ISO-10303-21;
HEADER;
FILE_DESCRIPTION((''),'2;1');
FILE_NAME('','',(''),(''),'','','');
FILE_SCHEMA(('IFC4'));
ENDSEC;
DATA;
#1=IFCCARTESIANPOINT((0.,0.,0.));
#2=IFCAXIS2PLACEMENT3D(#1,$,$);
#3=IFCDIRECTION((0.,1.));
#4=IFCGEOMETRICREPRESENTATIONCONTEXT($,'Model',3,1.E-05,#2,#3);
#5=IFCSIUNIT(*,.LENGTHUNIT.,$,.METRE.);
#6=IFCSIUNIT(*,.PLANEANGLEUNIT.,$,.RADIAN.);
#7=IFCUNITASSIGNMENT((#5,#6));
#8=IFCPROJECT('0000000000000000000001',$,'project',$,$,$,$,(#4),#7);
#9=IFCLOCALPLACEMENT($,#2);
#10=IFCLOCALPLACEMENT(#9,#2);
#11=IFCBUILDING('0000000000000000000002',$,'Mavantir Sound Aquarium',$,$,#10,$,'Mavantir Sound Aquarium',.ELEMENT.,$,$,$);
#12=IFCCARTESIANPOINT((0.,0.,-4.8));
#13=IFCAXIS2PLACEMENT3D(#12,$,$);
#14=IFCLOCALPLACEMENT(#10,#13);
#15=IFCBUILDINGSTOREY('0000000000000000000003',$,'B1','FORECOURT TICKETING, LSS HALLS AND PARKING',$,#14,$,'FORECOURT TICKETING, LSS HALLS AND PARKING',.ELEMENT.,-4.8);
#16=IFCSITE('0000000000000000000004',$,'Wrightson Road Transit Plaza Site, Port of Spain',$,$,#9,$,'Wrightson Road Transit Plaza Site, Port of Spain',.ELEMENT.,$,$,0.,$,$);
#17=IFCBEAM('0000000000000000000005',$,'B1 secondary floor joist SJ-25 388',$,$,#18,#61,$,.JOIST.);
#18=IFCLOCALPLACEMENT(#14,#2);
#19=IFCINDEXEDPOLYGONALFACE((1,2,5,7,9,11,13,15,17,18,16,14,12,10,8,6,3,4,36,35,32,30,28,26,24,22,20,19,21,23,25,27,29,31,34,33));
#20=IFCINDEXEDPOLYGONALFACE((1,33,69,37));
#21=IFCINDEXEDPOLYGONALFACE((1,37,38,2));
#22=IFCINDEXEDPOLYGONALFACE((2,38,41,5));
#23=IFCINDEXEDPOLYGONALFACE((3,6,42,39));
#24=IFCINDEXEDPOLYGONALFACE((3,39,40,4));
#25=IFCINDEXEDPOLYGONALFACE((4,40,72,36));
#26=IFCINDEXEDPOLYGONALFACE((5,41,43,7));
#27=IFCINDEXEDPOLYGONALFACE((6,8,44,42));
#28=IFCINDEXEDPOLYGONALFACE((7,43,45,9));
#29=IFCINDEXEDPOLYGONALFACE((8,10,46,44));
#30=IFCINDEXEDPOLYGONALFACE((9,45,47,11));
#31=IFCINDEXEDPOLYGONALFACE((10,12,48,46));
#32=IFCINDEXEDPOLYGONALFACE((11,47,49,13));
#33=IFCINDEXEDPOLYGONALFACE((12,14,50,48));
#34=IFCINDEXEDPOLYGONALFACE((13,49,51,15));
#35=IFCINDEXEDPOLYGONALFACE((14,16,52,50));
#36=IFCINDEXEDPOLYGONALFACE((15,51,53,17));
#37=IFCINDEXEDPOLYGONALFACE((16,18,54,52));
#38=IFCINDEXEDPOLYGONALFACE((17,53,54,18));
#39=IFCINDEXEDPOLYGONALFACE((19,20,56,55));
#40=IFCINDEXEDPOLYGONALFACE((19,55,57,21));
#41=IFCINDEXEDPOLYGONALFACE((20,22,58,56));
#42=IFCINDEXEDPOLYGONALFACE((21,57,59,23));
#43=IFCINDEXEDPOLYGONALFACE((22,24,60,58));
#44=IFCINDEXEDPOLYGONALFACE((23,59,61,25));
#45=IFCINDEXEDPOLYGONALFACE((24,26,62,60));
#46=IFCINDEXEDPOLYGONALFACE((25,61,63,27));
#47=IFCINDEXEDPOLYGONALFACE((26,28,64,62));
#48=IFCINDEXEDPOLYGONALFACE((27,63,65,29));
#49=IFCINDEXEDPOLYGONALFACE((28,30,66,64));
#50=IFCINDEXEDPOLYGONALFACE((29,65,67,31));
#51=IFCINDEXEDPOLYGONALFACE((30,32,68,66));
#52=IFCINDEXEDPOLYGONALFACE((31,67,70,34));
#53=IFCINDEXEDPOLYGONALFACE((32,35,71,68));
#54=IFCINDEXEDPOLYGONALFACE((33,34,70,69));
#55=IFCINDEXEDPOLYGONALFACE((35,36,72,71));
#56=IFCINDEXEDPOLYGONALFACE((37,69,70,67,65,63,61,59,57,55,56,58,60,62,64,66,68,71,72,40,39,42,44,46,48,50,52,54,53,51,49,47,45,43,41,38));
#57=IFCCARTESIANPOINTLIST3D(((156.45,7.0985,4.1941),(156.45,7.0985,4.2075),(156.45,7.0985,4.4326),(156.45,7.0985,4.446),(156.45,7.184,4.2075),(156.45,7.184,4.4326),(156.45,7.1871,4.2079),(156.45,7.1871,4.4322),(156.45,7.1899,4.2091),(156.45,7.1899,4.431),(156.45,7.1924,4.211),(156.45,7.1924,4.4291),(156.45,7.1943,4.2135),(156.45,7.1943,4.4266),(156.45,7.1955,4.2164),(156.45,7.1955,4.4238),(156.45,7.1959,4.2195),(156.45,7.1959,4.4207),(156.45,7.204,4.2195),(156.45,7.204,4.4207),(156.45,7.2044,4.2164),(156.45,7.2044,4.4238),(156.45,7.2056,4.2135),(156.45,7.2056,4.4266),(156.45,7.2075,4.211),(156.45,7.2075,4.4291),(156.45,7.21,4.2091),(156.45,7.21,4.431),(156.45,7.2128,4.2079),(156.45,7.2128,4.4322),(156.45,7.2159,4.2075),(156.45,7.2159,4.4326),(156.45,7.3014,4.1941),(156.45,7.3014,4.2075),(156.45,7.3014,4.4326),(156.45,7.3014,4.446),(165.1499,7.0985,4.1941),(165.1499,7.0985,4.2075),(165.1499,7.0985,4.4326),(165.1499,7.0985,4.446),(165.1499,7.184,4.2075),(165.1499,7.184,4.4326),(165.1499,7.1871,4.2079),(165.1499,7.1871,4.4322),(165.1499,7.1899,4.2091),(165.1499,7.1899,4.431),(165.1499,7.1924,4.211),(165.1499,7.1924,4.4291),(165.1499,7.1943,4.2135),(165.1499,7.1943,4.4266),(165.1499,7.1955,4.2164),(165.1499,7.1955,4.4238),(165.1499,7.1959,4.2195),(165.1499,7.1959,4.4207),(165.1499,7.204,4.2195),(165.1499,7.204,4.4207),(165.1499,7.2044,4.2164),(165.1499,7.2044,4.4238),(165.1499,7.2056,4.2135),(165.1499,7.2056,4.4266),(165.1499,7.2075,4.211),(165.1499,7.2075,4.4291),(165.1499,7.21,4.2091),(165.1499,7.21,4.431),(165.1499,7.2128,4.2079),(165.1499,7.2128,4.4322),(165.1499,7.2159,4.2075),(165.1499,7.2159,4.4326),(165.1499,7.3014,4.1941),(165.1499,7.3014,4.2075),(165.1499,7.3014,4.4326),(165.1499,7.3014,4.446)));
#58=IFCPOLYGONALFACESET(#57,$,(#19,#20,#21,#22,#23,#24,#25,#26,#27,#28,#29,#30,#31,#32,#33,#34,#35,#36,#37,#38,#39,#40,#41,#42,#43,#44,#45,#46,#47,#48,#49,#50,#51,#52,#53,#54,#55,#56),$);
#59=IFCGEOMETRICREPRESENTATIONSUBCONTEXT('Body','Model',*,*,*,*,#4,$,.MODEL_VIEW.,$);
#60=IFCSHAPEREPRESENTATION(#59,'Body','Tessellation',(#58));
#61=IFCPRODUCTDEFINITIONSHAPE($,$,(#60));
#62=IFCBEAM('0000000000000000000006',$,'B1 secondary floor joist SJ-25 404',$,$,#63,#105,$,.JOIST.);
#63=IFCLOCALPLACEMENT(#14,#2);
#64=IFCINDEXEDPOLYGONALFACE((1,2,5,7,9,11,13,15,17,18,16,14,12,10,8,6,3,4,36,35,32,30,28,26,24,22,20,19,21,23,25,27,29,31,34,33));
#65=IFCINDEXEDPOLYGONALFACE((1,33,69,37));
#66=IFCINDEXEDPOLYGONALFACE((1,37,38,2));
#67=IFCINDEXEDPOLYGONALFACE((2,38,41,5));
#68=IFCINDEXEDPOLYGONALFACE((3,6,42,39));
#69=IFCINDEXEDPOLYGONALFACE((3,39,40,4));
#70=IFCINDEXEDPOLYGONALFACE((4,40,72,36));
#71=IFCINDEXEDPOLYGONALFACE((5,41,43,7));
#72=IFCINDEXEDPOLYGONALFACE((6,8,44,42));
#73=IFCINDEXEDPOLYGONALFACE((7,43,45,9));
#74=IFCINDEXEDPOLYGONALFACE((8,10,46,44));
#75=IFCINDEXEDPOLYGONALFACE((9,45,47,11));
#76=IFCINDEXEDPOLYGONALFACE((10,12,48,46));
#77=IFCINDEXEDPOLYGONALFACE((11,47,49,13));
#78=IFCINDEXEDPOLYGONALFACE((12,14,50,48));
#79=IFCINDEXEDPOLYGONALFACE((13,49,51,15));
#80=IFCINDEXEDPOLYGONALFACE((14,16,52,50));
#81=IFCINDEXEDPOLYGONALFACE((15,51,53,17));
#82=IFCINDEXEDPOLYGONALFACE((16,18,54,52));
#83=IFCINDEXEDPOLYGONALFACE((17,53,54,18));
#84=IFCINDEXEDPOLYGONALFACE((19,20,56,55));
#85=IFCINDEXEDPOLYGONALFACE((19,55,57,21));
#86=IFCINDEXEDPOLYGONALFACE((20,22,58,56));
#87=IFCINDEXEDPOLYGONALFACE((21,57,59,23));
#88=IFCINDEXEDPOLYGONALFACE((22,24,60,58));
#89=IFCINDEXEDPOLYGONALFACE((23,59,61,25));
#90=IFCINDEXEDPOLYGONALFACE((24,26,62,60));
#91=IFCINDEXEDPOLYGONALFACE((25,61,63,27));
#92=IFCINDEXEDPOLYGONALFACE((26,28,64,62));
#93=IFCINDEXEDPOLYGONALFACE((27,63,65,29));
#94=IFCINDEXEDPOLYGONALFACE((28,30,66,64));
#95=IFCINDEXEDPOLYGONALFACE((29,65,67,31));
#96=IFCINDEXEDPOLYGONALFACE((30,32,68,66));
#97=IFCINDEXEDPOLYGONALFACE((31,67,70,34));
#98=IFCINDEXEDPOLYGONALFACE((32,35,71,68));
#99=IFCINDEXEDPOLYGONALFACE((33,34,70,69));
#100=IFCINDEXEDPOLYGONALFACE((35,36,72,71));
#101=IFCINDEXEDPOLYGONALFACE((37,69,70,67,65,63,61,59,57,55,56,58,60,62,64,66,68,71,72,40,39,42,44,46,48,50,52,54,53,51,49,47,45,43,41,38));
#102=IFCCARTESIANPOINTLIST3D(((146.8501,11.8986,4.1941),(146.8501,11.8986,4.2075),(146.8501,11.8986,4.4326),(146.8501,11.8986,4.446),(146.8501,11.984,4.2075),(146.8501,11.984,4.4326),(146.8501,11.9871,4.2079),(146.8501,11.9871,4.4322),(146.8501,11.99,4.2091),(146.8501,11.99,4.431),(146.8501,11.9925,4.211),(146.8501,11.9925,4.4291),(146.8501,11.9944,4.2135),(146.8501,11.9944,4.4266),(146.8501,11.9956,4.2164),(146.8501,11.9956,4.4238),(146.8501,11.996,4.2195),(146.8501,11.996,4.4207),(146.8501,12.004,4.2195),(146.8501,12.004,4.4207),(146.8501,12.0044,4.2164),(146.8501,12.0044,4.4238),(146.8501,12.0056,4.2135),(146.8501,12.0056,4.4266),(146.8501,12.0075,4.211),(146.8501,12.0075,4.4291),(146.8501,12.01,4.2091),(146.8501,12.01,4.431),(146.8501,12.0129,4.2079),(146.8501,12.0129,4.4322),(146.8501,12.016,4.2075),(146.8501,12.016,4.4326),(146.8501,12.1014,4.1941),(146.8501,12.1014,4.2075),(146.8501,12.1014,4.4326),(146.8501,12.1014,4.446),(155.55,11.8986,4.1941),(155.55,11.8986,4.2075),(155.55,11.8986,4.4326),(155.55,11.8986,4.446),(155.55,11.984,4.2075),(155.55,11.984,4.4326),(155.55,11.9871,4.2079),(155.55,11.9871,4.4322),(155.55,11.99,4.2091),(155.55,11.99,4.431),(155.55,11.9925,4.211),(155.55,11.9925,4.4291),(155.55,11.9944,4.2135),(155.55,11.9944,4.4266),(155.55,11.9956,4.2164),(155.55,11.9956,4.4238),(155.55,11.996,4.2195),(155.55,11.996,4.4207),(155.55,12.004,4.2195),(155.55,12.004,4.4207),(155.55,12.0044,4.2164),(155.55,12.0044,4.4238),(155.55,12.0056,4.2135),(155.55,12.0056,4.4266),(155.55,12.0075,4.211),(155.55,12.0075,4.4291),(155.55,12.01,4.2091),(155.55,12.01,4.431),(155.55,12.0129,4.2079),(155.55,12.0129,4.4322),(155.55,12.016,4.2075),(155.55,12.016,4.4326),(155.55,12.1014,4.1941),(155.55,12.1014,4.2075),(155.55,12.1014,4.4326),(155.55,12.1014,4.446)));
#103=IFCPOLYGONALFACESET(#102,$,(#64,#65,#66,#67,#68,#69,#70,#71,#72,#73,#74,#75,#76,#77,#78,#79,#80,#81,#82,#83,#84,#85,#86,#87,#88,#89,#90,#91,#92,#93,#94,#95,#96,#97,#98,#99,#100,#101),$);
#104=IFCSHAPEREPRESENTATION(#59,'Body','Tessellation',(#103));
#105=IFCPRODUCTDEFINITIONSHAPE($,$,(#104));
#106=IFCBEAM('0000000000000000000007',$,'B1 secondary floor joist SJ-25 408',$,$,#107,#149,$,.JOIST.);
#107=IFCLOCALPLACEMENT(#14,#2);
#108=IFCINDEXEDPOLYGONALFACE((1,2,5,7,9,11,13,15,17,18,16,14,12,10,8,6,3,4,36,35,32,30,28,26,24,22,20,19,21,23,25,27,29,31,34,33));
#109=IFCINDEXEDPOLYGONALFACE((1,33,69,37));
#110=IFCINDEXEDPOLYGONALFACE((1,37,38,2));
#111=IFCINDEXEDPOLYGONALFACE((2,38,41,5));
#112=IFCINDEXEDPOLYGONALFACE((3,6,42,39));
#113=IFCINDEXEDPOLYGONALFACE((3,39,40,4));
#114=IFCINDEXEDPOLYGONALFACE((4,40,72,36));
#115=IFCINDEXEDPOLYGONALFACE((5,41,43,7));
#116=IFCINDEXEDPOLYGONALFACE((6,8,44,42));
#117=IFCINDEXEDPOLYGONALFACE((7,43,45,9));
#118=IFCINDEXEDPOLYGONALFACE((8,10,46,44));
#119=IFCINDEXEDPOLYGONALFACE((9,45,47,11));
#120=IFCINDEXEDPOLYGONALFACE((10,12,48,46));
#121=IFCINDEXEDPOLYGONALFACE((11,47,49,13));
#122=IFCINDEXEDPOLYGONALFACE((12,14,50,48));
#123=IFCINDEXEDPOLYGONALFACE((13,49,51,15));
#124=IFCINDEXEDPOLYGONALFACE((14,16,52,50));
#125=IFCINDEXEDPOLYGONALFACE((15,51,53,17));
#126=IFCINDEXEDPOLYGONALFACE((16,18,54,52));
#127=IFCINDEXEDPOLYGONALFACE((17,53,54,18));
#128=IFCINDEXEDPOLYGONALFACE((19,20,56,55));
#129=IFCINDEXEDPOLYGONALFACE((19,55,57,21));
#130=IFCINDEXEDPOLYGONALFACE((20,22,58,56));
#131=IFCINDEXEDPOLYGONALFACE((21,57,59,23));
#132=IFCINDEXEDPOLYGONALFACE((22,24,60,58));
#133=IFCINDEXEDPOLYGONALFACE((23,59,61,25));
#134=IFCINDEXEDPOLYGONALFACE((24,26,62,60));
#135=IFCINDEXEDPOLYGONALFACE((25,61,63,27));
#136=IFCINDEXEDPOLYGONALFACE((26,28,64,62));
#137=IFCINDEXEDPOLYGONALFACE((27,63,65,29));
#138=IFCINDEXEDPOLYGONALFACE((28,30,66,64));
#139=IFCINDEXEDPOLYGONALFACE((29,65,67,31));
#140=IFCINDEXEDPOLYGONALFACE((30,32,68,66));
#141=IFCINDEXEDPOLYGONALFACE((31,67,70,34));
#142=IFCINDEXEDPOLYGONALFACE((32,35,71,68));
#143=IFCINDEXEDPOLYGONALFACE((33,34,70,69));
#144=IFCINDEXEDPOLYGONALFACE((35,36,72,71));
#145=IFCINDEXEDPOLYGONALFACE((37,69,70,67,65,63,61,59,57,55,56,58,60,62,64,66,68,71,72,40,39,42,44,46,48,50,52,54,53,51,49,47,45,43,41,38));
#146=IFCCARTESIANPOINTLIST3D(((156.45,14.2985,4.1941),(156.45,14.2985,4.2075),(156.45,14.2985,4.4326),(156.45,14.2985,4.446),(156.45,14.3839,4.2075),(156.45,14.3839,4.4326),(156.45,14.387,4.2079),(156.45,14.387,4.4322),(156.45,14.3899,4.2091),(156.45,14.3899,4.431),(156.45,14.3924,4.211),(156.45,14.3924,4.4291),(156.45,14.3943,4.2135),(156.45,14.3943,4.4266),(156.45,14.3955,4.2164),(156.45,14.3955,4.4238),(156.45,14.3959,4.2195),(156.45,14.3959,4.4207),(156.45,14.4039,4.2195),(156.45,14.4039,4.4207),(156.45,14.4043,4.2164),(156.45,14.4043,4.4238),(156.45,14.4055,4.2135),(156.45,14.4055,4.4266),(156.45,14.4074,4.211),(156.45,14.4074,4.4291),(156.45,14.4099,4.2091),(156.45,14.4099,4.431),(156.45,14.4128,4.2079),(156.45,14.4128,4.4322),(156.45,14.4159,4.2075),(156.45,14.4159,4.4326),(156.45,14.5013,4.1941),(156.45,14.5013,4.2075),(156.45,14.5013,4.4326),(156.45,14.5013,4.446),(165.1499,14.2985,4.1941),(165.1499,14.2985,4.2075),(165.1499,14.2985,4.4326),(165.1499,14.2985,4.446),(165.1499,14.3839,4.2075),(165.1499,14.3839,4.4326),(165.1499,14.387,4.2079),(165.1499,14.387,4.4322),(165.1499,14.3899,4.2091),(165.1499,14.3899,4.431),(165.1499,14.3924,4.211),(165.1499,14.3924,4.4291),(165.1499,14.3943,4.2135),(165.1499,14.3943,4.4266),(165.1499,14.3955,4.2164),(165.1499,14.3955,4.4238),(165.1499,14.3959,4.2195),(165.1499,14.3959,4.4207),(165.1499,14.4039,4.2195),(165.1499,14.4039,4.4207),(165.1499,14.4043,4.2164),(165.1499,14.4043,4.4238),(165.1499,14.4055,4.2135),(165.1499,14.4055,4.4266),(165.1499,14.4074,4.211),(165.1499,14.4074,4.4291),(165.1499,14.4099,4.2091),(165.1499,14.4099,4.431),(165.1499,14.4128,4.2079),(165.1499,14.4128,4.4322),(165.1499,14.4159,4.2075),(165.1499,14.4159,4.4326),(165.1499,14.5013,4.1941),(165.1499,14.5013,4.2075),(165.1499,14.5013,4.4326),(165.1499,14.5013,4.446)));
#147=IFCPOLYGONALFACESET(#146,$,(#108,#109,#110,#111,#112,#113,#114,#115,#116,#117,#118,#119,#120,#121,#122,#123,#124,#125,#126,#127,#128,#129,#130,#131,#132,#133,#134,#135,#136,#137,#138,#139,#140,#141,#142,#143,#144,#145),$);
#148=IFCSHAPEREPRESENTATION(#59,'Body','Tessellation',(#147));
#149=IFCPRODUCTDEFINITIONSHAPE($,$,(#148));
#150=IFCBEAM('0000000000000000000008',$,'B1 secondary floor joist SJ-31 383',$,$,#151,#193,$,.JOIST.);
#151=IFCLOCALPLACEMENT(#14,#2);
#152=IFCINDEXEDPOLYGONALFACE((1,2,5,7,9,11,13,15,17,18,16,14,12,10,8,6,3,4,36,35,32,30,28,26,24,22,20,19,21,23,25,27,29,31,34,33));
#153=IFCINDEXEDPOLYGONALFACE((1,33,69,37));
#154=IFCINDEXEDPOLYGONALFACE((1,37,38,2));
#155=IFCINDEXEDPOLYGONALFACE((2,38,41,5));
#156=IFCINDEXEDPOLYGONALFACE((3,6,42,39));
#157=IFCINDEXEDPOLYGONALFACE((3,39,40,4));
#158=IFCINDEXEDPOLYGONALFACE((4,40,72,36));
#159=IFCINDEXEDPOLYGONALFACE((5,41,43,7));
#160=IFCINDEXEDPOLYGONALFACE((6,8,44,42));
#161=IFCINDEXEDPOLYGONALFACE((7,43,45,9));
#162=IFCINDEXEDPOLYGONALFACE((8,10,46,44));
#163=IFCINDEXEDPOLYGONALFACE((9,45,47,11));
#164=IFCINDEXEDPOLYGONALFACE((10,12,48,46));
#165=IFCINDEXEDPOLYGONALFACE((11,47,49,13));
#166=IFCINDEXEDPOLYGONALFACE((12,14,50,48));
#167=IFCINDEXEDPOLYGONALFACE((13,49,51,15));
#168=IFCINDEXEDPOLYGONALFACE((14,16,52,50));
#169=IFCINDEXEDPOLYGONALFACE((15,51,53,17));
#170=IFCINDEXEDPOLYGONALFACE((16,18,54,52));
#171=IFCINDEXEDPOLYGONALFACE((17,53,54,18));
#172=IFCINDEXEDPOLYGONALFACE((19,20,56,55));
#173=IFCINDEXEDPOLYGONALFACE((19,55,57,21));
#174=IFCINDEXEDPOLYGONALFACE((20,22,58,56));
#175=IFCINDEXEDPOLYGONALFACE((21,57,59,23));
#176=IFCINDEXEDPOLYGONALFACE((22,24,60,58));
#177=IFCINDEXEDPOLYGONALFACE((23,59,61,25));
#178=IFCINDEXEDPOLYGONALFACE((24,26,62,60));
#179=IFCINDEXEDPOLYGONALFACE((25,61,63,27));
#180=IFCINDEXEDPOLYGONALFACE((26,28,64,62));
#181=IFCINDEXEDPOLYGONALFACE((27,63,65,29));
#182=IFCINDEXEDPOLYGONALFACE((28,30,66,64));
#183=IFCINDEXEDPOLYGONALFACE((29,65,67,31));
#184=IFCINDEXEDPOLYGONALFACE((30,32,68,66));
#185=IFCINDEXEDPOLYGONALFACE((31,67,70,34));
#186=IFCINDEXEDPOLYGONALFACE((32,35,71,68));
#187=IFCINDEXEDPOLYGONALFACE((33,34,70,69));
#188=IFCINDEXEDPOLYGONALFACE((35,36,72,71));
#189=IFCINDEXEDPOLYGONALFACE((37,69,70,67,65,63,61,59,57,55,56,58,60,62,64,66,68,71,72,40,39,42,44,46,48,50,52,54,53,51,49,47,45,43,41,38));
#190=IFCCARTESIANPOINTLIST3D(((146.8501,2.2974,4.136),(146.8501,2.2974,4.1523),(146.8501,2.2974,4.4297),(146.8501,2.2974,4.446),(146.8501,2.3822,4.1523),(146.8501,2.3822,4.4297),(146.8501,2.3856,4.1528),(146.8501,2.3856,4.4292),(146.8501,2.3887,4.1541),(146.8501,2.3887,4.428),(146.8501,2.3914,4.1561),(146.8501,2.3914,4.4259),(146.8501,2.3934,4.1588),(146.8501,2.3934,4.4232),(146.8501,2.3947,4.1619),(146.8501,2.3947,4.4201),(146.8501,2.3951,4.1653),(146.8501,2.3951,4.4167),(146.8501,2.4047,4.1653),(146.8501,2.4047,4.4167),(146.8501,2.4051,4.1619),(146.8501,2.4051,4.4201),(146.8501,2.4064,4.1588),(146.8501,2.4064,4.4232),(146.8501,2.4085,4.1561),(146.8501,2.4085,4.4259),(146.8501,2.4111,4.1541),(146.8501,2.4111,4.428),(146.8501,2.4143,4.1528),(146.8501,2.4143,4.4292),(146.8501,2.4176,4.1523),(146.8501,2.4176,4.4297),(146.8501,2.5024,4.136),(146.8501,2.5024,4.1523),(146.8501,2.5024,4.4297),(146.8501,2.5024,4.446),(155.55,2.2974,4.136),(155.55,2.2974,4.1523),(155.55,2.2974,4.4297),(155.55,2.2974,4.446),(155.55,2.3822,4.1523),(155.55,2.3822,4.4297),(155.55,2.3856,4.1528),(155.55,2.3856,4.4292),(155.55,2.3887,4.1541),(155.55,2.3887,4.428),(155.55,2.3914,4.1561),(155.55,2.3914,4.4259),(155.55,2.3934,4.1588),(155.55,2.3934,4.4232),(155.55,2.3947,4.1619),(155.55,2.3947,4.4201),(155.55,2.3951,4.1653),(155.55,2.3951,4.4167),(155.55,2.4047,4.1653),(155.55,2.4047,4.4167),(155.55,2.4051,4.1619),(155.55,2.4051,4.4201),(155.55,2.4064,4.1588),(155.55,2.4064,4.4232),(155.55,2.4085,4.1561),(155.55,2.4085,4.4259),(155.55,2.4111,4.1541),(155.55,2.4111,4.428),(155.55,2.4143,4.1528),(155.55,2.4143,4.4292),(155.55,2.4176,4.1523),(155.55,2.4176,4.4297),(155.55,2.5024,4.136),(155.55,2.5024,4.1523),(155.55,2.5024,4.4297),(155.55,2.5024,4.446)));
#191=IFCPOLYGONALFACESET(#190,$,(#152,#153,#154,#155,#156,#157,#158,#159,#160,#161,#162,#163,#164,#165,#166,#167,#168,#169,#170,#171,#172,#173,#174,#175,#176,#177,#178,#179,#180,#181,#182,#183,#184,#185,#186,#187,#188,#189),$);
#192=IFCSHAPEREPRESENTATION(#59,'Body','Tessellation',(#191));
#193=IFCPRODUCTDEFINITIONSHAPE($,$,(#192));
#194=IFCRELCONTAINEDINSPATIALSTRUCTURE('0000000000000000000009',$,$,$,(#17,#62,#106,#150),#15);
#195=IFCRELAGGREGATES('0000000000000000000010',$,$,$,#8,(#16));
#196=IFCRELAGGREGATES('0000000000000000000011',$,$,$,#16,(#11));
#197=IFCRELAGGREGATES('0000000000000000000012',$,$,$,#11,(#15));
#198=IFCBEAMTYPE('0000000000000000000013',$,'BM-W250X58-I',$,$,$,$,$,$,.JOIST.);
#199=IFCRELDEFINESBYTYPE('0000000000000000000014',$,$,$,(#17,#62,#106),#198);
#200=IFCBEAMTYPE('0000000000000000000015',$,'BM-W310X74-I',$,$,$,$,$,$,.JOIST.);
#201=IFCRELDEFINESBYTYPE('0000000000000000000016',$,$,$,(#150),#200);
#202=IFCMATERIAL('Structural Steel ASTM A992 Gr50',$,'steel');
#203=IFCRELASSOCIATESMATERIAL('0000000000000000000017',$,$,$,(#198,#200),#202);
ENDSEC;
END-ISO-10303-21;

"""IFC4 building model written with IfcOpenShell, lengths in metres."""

from ifc_helpers import new_model, si_unit, direction, frame, origin, origin_2d, place, context, subcontext, project, spatial, i_section, extrude, material, material_profile, profile_set, type_object, element, save


model = new_model("IFC4")

# Units and contexts
model_context = context("Model", 3, precision=1e-05, world=origin(), true_north=direction((0.0, 1.0)))
body_context = subcontext(model_context, "Body", "Model", "MODEL_VIEW")
ifc_project = project(units=[si_unit("LENGTHUNIT", "METRE"), si_unit("PLANEANGLEUNIT", "RADIAN")], contexts=[model_context])

# Site, building, storey
site_placement = place(None, origin())
site = spatial("IfcSite", under=ifc_project, at=site_placement, Name="Wrightson Road Transit Plaza Site, Port of Spain", LongName="Wrightson Road Transit Plaza Site, Port of Spain", CompositionType="ELEMENT", RefElevation=0.0)
building_placement = place(site_placement, origin())
building = spatial("IfcBuilding", under=site, at=building_placement, Name="Mavantir Sound Aquarium", LongName="Mavantir Sound Aquarium", CompositionType="ELEMENT")
storey_placement = place(building_placement, frame((0.0, 0.0, -4.8)))
storey = spatial("IfcBuildingStorey", under=building, at=storey_placement, Name="B1", Description="FORECOURT TICKETING, LSS HALLS AND PARKING", LongName="FORECOURT TICKETING, LSS HALLS AND PARKING", CompositionType="ELEMENT", Elevation=-4.8)

# Beams
ifc_material_1 = material(Name="Structural Steel ASTM A992 Gr50", Category="steel")
ifc_material_profile_1 = material_profile(ifc_material_1, i_section(OverallWidth=0.2029, OverallDepth=0.252, WebThickness=0.0081, FlangeThickness=0.0134, FilletRadius=0.012, at=origin_2d()), Name="W250X58")
ifc_profile_set_1 = profile_set([ifc_material_profile_1], Name="Structural Steel ASTM A992 Gr50")
beam_type_1 = type_object("IfcBeamType", Name="BM-W250X58-I", PredefinedType="JOIST", material=ifc_profile_set_1)
for number, where, z_axis, x_axis, name in (
    (1, (156.45, 7.2, 4.3201), (1.0, 0.0, 0.0), (0.0, 1.0, 0.0), "B1 secondary floor joist SJ-25 388"),
    (2, (146.8501, 12.0, 4.3201), (1.0, 0.0, 0.0), (0.0, 1.0, 0.0), "B1 secondary floor joist SJ-25 404"),
    (3, (156.45, 14.3999, 4.3201), (1.0, 0.0, 0.0), (0.0, 1.0, 0.0), "B1 secondary floor joist SJ-25 408"),
):
    element("IfcBeam", number, at=place(storey_placement, frame(where, z_axis=z_axis, x_axis=x_axis)), inside=storey, type_object=beam_type_1, Name=name, PredefinedType="JOIST", context=body_context, shape_type="SweptSolid", body=[
        extrude(i_section(OverallWidth=0.2029, OverallDepth=0.252, WebThickness=0.0081, FlangeThickness=0.0134, FilletRadius=0.012, at=origin_2d()), origin(), (0.0, 0.0, 1.0), 8.7),
    ])
ifc_material_profile_2 = material_profile(ifc_material_1, i_section(OverallWidth=0.2051, OverallDepth=0.3101, WebThickness=0.0095, FlangeThickness=0.0164, FilletRadius=0.0129, at=origin_2d()), Name="W310X74")
ifc_profile_set_2 = profile_set([ifc_material_profile_2], Name="Structural Steel ASTM A992 Gr50")
beam_type_2 = type_object("IfcBeamType", Name="BM-W310X74-I", PredefinedType="JOIST", material=ifc_profile_set_2)
for number, where, z_axis, x_axis, name in (
    (4, (146.8501, 2.3999, 4.291), (1.0, 0.0, 0.0), (0.0, 1.0, 0.0), "B1 secondary floor joist SJ-31 383"),
):
    element("IfcBeam", number, at=place(storey_placement, frame(where, z_axis=z_axis, x_axis=x_axis)), inside=storey, type_object=beam_type_2, Name=name, PredefinedType="JOIST", context=body_context, shape_type="SweptSolid", body=[
        extrude(i_section(OverallWidth=0.2051, OverallDepth=0.3101, WebThickness=0.0095, FlangeThickness=0.0164, FilletRadius=0.0129, at=origin_2d()), origin(), (0.0, 0.0, 1.0), 8.7),
    ])

save(model, "model.ifc")
